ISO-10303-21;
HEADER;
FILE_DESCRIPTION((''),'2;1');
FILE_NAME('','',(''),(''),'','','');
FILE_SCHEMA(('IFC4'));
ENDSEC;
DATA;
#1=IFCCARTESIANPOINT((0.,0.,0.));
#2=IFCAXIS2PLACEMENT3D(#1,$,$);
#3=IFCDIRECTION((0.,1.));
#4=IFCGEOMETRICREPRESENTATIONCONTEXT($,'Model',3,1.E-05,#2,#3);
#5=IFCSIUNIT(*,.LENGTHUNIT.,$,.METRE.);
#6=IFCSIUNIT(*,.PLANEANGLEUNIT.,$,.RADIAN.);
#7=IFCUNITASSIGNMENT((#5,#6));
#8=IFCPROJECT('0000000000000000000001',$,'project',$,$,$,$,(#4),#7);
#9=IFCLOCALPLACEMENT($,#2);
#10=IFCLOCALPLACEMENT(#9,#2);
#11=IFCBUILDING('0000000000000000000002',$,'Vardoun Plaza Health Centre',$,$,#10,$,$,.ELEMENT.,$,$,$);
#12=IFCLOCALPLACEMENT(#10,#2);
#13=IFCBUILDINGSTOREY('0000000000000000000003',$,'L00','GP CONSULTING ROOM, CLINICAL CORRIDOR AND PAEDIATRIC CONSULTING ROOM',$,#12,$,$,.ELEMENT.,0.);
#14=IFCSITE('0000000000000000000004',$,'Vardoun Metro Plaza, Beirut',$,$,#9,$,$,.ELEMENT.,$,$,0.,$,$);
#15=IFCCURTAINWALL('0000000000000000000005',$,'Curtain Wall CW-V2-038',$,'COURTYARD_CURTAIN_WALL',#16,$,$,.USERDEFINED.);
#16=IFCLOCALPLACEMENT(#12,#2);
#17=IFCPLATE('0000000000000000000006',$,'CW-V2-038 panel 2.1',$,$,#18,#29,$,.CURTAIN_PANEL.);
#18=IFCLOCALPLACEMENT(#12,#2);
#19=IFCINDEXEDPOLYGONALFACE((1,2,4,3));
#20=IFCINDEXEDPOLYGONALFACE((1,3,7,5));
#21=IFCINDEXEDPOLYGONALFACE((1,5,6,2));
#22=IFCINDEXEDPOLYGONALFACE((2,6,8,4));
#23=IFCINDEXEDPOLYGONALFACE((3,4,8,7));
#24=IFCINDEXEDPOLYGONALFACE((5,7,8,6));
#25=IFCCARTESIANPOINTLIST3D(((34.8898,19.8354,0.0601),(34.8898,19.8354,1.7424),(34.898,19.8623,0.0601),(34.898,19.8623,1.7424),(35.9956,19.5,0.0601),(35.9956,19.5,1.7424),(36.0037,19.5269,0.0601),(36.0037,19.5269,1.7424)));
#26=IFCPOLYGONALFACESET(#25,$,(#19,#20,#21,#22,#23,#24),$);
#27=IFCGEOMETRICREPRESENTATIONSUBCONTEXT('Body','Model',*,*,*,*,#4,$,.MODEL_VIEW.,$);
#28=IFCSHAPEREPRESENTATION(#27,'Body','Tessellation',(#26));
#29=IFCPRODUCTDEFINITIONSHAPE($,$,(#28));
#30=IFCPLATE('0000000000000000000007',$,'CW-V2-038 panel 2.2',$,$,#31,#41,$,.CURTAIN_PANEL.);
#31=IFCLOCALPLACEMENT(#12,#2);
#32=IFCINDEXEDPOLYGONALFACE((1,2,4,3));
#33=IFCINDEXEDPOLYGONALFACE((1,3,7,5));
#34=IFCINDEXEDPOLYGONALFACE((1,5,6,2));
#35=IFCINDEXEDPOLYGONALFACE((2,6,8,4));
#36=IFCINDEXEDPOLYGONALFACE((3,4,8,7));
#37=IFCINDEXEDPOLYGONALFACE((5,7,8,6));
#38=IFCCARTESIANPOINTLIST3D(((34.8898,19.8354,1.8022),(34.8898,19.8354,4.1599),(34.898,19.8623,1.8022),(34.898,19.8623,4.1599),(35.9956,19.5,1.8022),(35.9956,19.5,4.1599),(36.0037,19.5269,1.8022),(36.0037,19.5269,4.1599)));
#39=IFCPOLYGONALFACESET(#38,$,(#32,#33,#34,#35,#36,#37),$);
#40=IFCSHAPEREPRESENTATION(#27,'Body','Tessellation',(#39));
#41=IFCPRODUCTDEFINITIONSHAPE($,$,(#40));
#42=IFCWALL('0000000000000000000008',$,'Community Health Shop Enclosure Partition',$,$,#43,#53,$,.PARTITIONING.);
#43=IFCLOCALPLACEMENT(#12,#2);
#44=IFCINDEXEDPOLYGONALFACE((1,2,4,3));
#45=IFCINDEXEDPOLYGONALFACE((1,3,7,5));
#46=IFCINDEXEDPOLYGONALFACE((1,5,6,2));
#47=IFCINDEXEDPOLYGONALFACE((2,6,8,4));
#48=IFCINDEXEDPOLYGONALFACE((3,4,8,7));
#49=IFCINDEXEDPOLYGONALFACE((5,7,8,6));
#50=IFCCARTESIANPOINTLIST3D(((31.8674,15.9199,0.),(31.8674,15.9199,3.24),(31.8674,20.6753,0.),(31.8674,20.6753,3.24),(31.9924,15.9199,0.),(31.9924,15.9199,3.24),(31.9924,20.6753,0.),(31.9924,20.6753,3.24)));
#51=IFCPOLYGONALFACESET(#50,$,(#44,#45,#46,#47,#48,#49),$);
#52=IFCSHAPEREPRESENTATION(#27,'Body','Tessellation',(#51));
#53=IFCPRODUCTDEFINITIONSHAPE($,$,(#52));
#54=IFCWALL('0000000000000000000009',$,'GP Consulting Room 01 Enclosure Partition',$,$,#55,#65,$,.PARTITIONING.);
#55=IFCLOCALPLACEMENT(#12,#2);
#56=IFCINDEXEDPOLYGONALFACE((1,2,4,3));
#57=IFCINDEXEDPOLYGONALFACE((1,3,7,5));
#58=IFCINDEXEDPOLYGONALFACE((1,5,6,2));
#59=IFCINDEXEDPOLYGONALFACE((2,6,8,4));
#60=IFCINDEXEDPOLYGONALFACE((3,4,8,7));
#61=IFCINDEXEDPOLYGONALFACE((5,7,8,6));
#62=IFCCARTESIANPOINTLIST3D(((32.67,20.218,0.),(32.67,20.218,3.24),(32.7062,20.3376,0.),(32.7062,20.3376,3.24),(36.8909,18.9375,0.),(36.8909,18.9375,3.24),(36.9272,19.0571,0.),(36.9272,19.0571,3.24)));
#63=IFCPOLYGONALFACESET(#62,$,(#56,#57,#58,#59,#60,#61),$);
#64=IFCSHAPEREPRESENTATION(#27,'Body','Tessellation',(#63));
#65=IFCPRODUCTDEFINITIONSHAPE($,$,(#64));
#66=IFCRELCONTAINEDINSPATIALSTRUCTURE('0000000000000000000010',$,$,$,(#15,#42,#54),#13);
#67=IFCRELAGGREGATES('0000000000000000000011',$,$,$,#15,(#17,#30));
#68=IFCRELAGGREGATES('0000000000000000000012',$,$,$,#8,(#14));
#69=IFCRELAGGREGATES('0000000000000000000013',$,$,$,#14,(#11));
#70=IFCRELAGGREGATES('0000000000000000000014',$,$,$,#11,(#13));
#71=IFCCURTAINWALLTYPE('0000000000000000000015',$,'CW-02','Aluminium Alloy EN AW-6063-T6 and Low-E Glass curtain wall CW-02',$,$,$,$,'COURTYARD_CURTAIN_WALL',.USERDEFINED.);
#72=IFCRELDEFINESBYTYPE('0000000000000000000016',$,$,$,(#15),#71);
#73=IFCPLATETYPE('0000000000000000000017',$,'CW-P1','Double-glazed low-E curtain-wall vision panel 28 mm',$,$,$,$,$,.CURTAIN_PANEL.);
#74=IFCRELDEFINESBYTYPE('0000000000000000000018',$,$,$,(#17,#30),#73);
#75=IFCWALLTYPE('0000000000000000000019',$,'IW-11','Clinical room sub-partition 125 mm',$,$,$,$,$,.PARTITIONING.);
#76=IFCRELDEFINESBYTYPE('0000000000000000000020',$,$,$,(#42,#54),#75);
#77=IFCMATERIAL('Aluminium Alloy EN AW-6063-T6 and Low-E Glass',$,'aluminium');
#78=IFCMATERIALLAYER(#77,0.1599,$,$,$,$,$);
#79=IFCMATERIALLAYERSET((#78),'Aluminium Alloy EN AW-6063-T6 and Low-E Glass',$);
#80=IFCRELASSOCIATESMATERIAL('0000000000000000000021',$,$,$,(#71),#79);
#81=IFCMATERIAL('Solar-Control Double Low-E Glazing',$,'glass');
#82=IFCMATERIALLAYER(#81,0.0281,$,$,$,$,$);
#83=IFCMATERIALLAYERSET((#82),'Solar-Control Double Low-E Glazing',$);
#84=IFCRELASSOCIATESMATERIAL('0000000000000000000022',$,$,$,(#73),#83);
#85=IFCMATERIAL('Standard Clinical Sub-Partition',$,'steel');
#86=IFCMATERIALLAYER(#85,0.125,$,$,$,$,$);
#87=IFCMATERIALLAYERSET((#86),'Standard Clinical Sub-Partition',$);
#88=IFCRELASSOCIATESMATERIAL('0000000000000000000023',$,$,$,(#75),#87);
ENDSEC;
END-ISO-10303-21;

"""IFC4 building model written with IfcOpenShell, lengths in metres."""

from ifc_helpers import new_model, si_unit, direction, frame, frame_2d, origin, origin_2d, place, context, subcontext, project, spatial, rectangle, extrude, material, layer, layer_set, type_object, element, aggregate, save


model = new_model("IFC4")

# Units and contexts
model_context = context("Model", 3, precision=1e-05, world=origin(), true_north=direction((0.0, 1.0)))
body_context = subcontext(model_context, "Body", "Model", "MODEL_VIEW")
ifc_project = project(units=[si_unit("LENGTHUNIT", "METRE"), si_unit("PLANEANGLEUNIT", "RADIAN")], contexts=[model_context])

# Site, building, storey
site_placement = place(None, origin())
site = spatial("IfcSite", under=ifc_project, at=site_placement, Name="Vardoun Metro Plaza, Beirut", CompositionType="ELEMENT", RefElevation=0.0)
building_placement = place(site_placement, origin())
building = spatial("IfcBuilding", under=site, at=building_placement, Name="Vardoun Plaza Health Centre", CompositionType="ELEMENT")
storey_placement = place(building_placement, origin())
storey = spatial("IfcBuildingStorey", under=building, at=storey_placement, Name="L00", Description="GP CONSULTING ROOM, CLINICAL CORRIDOR AND PAEDIATRIC CONSULTING ROOM", CompositionType="ELEMENT", Elevation=0.0)

# Shared definitions
ifc_material_1 = material(Name="Aluminium Alloy EN AW-6063-T6 and Low-E Glass", Category="aluminium")
ifc_layer_1 = layer(ifc_material_1, 0.1599)
ifc_layer_set_1 = layer_set([ifc_layer_1], Name="Aluminium Alloy EN AW-6063-T6 and Low-E Glass")
curtain_wall_type = type_object("IfcCurtainWallType", Name="CW-02", Description="Aluminium Alloy EN AW-6063-T6 and Low-E Glass curtain wall CW-02", ElementType="COURTYARD_CURTAIN_WALL", PredefinedType="USERDEFINED", material=ifc_layer_set_1)

# Curtain wall
curtain_wall_1_placement = place(storey_placement, origin())
curtain_wall_1 = element("IfcCurtainWall", 1, at=curtain_wall_1_placement, inside=storey, type_object=curtain_wall_type, Name="Curtain Wall CW-V2-038", ObjectType="COURTYARD_CURTAIN_WALL", PredefinedType="USERDEFINED")

# Plates
ifc_material_2 = material(Name="Solar-Control Double Low-E Glazing", Category="glass")
ifc_layer_2 = layer(ifc_material_2, 0.0281)
ifc_layer_set_2 = layer_set([ifc_layer_2], Name="Solar-Control Double Low-E Glazing")
plate_type = type_object("IfcPlateType", Name="CW-P1", Description="Double-glazed low-E curtain-wall vision panel 28 mm", PredefinedType="CURTAIN_PANEL", material=ifc_layer_set_2)
plate_1_placement = place(storey_placement, frame((35.4468, 19.6812, 0.0601), z_axis=(0.0, 0.0, 1.0), x_axis=(0.956936, -0.2903, 0.0)))
plate_1 = element("IfcPlate", 2, at=plate_1_placement, type_object=plate_type, Name="CW-V2-038 panel 2.1", PredefinedType="CURTAIN_PANEL", context=body_context, shape_type="SweptSolid", body=[
    extrude(rectangle(XDim=1.1555, YDim=0.0281, at=origin_2d()), origin(), (0.0, 0.0, 1.0), 1.6824),
])
plate_2_placement = place(storey_placement, frame((35.4468, 19.6812, 1.8022), z_axis=(0.0, 0.0, 1.0), x_axis=(0.956936, -0.2903, 0.0)))
plate_2 = element("IfcPlate", 3, at=plate_2_placement, type_object=plate_type, Name="CW-V2-038 panel 2.2", PredefinedType="CURTAIN_PANEL", context=body_context, shape_type="SweptSolid", body=[
    extrude(rectangle(XDim=1.1555, YDim=0.0281, at=origin_2d()), origin(), (0.0, 0.0, 1.0), 2.3577),
])
aggregate(curtain_wall_1, [plate_1, plate_2])

# Walls
ifc_material_3 = material(Name="Standard Clinical Sub-Partition", Category="steel")
ifc_layer_3 = layer(ifc_material_3, 0.125)
ifc_layer_set_3 = layer_set([ifc_layer_3], Name="Standard Clinical Sub-Partition")
wall_type_1 = type_object("IfcWallType", Name="IW-11", Description="Clinical room sub-partition 125 mm", PredefinedType="PARTITIONING", material=ifc_layer_set_3)
wall_1_placement = place(storey_placement, frame((31.9299, 20.6753, 0.0), z_axis=(0.0, 0.0, 1.0), x_axis=(0.0, -1.0, 0.0)))
element("IfcWall", 4, at=wall_1_placement, inside=storey, type_object=wall_type_1, Name="Community Health Shop Enclosure Partition", PredefinedType="PARTITIONING", context=body_context, shape_type="SweptSolid", body=[
    extrude(rectangle(XDim=4.7554, YDim=0.125, at=frame_2d((2.3777, 0.0))), origin(), (0.0, 0.0, 1.0), 3.24),
])
wall_2_placement = place(storey_placement, frame((32.688, 20.2778, 0.0), z_axis=(0.0, 0.0, 1.0), x_axis=(0.956934, -0.290307, 0.0)))
element("IfcWall", 5, at=wall_2_placement, inside=storey, type_object=wall_type_1, Name="GP Consulting Room 01 Enclosure Partition", PredefinedType="PARTITIONING", context=body_context, shape_type="SweptSolid", body=[
    extrude(rectangle(XDim=4.4109, YDim=0.125, at=frame_2d((2.2056, 0.0))), origin(), (0.0, 0.0, 1.0), 3.24),
])

save(model, "model.ifc")
